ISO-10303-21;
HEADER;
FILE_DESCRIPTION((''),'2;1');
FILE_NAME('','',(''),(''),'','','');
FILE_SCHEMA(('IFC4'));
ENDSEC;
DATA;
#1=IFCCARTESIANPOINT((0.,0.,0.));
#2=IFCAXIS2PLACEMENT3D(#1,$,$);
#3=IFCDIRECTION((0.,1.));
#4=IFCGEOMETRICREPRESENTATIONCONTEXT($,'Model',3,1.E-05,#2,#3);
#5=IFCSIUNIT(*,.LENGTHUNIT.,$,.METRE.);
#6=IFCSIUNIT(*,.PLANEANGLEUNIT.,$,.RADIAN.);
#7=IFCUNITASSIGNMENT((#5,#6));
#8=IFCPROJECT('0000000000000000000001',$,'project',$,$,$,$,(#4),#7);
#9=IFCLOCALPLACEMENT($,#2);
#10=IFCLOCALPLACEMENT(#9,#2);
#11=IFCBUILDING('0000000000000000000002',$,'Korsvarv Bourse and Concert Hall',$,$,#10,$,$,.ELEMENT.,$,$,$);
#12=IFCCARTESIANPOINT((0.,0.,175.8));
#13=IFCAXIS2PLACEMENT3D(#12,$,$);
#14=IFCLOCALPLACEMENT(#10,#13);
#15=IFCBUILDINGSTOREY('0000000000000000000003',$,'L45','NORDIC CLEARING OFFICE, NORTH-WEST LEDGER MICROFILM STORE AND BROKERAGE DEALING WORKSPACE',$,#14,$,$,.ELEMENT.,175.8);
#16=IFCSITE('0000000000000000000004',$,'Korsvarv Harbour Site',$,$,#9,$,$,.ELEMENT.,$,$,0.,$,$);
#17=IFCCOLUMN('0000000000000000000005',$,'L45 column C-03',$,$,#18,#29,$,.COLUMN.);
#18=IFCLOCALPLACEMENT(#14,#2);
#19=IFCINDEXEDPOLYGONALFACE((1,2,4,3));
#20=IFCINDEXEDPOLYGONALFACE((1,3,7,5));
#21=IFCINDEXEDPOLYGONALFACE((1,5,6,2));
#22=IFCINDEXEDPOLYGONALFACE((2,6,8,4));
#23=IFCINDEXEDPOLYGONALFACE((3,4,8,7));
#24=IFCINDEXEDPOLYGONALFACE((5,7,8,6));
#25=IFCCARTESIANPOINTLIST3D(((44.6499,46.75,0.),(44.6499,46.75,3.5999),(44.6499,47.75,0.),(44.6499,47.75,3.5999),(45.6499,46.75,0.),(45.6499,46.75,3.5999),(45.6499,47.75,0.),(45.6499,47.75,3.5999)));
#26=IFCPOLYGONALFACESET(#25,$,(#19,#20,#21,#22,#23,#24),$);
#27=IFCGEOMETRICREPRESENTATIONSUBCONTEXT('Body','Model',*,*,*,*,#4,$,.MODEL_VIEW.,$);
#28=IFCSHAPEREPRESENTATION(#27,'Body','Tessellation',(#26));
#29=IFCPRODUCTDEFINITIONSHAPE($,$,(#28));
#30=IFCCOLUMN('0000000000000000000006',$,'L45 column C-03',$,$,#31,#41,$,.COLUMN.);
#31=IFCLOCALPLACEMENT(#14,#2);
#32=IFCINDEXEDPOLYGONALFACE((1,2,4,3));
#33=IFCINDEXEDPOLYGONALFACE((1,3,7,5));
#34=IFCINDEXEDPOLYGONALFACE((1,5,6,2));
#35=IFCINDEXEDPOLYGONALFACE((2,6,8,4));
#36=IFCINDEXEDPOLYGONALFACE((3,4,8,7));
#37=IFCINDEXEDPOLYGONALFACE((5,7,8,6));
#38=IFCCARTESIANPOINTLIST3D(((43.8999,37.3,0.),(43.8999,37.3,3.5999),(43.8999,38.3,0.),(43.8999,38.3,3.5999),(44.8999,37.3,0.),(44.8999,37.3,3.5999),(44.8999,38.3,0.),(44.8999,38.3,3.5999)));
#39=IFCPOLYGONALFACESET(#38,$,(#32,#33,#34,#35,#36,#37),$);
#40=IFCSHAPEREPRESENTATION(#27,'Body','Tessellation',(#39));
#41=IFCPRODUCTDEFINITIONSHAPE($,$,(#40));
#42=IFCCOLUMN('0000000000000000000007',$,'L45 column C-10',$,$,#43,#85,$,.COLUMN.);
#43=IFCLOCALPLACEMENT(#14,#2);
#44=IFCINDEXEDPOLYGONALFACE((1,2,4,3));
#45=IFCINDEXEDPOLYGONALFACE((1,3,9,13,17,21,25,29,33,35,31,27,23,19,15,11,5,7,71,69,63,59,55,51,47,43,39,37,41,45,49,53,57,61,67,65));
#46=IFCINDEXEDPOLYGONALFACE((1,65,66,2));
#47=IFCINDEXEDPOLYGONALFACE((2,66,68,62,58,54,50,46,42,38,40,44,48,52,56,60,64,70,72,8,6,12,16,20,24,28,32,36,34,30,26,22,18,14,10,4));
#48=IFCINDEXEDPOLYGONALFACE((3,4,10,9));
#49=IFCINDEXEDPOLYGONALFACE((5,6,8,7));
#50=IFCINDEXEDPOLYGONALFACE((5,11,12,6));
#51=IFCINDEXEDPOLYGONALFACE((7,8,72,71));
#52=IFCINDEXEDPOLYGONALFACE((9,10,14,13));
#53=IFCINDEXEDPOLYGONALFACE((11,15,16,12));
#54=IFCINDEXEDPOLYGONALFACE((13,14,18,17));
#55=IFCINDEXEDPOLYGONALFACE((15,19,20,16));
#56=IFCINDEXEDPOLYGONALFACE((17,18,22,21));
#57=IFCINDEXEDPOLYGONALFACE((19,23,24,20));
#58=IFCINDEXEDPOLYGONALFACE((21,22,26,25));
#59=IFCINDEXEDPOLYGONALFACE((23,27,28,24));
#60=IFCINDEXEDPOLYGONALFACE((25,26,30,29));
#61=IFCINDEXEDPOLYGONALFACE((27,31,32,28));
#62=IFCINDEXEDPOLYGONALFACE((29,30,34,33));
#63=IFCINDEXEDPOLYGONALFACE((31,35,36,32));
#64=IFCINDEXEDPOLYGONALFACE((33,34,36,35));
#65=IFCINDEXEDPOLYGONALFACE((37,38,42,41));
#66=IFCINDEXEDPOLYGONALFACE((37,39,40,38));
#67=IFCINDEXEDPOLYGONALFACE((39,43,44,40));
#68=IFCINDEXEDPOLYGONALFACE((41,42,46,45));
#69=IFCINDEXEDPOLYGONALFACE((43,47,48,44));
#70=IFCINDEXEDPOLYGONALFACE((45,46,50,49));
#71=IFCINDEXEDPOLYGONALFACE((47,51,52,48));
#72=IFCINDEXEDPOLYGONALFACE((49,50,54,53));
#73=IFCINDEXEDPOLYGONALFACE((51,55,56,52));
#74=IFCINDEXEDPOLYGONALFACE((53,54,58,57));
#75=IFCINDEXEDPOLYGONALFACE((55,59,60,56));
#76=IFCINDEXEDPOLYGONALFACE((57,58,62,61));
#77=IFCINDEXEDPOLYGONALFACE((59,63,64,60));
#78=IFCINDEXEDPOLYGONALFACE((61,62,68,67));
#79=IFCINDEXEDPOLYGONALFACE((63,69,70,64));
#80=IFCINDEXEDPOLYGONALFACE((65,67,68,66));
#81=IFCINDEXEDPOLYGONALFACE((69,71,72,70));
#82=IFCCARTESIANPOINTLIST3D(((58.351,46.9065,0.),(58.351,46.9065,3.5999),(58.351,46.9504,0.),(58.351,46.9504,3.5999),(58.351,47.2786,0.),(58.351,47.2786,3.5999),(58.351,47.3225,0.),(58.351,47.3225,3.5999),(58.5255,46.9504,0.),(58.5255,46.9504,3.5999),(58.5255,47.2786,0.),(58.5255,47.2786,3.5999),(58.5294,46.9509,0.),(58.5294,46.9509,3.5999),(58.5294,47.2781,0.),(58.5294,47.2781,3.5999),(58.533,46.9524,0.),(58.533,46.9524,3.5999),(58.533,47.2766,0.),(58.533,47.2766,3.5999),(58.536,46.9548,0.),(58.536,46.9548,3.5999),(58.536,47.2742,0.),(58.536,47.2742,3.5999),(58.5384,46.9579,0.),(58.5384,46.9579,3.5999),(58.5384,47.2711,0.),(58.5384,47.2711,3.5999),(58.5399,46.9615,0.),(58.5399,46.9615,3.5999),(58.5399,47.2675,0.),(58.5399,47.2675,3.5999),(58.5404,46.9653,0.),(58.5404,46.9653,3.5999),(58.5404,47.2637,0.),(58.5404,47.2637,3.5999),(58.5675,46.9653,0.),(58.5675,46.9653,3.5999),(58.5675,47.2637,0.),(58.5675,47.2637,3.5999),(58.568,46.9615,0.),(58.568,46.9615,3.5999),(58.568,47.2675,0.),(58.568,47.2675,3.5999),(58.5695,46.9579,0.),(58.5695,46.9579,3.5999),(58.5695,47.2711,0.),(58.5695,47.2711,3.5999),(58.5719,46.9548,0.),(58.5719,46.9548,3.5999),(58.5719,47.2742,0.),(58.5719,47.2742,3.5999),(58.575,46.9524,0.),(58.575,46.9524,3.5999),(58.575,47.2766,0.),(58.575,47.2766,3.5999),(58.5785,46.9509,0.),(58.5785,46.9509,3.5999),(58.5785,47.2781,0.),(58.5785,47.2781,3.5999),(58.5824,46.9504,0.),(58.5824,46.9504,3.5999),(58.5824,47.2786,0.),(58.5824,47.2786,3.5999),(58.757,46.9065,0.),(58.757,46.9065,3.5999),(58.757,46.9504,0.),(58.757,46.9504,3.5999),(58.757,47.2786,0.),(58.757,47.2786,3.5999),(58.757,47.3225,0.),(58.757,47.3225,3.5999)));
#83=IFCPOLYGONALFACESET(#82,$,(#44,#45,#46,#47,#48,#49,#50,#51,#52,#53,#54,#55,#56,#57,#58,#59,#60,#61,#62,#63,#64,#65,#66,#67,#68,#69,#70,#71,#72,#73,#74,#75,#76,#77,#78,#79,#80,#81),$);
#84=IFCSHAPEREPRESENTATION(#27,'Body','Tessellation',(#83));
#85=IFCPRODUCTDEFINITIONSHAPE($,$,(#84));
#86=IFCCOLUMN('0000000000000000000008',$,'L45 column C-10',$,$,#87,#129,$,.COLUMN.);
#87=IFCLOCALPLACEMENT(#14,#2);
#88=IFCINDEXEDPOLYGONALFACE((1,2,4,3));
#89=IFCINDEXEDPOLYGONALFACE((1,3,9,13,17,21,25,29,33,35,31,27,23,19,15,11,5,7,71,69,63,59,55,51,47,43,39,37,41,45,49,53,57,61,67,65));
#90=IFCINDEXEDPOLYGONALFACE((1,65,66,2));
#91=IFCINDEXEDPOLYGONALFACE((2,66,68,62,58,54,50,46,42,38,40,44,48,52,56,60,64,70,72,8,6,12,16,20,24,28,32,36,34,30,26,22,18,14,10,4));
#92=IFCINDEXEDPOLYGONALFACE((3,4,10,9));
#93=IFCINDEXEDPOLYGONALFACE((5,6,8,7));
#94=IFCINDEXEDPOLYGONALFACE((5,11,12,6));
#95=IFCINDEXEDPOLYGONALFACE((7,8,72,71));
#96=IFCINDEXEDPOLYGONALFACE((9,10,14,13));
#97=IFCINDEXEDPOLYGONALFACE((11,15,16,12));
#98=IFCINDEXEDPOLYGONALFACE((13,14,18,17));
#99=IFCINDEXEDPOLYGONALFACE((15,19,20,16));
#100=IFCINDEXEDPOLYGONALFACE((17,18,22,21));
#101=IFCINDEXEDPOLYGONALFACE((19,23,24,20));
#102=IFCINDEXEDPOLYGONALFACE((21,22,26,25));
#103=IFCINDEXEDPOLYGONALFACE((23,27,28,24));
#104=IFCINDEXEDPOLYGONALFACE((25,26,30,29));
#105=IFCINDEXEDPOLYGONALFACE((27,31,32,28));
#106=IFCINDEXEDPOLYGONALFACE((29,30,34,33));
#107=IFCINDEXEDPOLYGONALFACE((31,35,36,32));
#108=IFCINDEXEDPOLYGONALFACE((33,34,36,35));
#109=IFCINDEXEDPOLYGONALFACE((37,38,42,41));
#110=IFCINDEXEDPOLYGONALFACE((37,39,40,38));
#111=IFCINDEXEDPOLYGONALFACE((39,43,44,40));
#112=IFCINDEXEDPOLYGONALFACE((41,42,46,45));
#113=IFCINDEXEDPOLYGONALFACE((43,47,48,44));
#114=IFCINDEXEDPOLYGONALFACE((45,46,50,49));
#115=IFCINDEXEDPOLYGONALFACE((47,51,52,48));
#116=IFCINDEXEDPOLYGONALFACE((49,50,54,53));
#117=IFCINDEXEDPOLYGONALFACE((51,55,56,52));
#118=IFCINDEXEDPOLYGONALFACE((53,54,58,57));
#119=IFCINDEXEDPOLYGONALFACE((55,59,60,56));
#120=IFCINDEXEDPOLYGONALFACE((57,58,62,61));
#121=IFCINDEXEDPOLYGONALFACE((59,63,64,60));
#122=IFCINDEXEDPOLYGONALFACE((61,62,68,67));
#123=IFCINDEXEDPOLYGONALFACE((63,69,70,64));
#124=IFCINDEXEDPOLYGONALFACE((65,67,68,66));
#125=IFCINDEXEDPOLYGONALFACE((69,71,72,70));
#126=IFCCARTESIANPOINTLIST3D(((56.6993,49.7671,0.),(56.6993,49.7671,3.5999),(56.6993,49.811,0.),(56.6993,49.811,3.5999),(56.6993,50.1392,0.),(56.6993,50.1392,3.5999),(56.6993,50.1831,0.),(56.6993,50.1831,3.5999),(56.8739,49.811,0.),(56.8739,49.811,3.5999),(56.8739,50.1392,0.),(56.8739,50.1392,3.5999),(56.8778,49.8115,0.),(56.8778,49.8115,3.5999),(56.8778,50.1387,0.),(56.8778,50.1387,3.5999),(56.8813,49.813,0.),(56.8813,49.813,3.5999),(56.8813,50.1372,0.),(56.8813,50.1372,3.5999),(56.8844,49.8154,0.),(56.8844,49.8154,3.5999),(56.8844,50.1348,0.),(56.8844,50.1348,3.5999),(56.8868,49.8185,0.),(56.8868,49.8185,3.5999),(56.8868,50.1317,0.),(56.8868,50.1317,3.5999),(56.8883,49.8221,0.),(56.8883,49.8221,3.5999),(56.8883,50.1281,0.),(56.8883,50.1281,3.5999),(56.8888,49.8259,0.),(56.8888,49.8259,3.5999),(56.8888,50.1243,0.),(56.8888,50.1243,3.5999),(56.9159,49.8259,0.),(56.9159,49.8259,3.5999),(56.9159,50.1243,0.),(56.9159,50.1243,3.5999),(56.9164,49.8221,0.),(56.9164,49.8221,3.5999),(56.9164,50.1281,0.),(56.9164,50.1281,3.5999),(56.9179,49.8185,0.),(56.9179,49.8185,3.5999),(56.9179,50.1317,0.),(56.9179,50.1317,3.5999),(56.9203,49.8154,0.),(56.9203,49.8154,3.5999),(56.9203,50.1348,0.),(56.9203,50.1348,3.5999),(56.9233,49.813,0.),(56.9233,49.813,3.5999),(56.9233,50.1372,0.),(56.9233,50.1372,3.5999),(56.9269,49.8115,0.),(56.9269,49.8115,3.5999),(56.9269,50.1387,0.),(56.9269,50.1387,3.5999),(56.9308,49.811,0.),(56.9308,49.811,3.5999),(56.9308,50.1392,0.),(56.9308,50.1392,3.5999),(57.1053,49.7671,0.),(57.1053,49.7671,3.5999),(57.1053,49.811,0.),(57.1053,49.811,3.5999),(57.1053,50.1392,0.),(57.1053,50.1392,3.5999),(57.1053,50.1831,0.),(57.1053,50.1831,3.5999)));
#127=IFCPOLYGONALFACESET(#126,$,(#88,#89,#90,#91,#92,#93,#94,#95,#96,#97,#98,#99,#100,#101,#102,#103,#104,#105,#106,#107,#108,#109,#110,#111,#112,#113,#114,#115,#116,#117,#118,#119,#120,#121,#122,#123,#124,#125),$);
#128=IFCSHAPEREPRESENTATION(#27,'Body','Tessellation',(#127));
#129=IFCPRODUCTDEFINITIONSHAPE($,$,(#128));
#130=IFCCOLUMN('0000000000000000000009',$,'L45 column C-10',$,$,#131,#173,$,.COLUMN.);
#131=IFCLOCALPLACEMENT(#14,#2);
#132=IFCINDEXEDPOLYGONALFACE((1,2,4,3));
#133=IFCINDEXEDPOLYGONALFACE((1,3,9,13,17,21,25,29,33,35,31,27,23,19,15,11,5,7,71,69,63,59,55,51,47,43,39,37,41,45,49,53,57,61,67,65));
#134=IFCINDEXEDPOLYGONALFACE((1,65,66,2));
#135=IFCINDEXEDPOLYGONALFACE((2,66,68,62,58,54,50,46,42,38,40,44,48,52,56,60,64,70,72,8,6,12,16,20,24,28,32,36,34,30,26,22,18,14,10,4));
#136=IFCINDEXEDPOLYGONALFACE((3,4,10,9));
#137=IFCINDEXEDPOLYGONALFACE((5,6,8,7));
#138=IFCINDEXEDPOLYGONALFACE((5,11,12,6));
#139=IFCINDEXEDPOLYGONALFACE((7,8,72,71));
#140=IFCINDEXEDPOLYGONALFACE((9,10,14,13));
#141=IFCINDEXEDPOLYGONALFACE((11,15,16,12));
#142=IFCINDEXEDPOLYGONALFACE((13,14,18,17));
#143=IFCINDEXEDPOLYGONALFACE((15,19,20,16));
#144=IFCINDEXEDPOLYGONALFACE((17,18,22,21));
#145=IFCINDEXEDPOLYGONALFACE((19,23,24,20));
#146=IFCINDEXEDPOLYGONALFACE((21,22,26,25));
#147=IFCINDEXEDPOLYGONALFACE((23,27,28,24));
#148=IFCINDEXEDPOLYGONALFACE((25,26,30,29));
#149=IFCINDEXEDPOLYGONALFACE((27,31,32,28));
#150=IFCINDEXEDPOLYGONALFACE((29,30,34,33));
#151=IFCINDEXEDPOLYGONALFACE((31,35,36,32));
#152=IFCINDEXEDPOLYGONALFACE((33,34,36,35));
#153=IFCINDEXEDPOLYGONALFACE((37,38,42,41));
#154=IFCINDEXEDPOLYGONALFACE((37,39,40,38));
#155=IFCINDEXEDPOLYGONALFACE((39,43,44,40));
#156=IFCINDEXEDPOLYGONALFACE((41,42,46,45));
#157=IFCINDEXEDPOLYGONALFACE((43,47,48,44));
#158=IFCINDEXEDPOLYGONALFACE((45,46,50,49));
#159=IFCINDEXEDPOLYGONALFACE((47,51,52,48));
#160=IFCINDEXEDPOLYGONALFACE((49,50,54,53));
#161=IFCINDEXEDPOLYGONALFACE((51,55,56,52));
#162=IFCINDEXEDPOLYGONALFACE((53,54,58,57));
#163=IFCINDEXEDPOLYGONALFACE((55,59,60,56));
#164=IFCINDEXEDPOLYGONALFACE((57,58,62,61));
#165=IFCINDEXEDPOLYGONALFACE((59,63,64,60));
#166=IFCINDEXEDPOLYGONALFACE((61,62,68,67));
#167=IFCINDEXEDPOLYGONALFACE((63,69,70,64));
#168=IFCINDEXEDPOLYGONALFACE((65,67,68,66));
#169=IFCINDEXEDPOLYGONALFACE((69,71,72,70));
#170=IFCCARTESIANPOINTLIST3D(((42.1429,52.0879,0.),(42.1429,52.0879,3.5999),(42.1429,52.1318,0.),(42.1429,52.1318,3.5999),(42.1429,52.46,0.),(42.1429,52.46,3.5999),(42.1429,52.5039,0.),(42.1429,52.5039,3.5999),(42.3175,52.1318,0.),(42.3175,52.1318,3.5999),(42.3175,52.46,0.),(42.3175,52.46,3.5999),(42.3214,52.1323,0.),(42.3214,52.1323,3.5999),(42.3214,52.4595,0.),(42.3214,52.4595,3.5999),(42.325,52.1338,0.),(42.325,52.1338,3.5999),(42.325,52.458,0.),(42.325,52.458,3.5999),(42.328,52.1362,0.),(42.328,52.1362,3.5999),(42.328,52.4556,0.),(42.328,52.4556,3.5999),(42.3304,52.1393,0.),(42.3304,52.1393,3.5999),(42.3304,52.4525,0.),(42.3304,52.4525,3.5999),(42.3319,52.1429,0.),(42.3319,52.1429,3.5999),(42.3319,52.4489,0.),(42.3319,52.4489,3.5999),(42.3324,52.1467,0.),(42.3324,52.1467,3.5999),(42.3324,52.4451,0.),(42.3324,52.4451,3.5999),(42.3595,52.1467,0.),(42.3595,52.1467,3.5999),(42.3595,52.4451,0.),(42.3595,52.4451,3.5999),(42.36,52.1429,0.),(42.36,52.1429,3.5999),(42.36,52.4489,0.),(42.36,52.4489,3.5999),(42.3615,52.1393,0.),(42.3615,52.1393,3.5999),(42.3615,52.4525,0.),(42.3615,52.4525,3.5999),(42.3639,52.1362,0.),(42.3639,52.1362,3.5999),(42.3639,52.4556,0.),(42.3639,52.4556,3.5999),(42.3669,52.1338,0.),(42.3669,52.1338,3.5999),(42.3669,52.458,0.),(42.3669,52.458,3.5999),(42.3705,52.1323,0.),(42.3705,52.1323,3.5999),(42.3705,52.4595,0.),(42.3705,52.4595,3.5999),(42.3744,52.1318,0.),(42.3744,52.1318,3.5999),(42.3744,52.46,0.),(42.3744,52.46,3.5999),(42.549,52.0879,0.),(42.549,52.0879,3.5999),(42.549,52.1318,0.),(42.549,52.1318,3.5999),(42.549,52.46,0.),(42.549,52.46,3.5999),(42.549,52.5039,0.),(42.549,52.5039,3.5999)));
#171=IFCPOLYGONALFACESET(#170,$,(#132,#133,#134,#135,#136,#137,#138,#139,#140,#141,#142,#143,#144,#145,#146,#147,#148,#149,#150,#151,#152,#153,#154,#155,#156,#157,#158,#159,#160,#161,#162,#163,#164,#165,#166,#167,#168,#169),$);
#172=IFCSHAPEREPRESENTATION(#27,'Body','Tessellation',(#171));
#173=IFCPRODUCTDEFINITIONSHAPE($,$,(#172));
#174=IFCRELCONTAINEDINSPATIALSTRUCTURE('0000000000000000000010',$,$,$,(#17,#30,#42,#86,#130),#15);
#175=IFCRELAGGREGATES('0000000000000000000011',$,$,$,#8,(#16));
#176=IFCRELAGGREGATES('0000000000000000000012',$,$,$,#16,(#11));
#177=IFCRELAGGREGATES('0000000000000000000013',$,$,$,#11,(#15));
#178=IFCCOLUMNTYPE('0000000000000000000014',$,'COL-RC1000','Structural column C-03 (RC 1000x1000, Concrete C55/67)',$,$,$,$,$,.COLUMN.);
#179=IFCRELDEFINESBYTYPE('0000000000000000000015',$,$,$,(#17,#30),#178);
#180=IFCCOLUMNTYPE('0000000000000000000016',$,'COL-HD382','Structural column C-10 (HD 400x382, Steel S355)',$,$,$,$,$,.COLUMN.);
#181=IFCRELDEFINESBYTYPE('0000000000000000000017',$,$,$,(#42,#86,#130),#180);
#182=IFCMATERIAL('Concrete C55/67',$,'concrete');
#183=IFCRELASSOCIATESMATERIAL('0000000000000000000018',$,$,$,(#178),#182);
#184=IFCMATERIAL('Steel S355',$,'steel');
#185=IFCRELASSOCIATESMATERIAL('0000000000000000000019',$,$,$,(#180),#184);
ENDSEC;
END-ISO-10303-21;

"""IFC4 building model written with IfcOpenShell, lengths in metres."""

from ifc_helpers import new_model, si_unit, direction, frame, origin, origin_2d, place, context, subcontext, project, spatial, rectangle, i_section, extrude, source, transform, mapped, material, material_profile, profile_set, type_object, element, save


model = new_model("IFC4")

# Units and contexts
model_context = context("Model", 3, precision=1e-05, world=origin(), true_north=direction((0.0, 1.0)))
body_context = subcontext(model_context, "Body", "Model", "MODEL_VIEW")
ifc_project = project(units=[si_unit("LENGTHUNIT", "METRE"), si_unit("PLANEANGLEUNIT", "RADIAN")], contexts=[model_context])

# Site, building, storey
site_placement = place(None, origin())
site = spatial("IfcSite", under=ifc_project, at=site_placement, Name="Korsvarv Harbour Site", CompositionType="ELEMENT", RefElevation=0.0)
building_placement = place(site_placement, origin())
building = spatial("IfcBuilding", under=site, at=building_placement, Name="Korsvarv Bourse and Concert Hall", CompositionType="ELEMENT")
storey_placement = place(building_placement, frame((0.0, 0.0, 175.8)))
storey = spatial("IfcBuildingStorey", under=building, at=storey_placement, Name="L45", Description="NORDIC CLEARING OFFICE, NORTH-WEST LEDGER MICROFILM STORE AND BROKERAGE DEALING WORKSPACE", CompositionType="ELEMENT", Elevation=175.8)

# Columns
ifc_material_1 = material(Name="Concrete C55/67", Category="concrete")
ifc_material_profile_1 = material_profile(ifc_material_1, rectangle(XDim=1.0, YDim=1.0, at=origin_2d()), Name="RC 1000x1000")
ifc_profile_set_1 = profile_set([ifc_material_profile_1], Name="Concrete C55/67")
column_type_1 = type_object("IfcColumnType", Name="COL-RC1000", Description="Structural column C-03 (RC 1000x1000, Concrete C55/67)", PredefinedType="COLUMN", material=ifc_profile_set_1)
shared_shape_1 = source(origin(), body_context, "Body", "SweptSolid", [
    extrude(rectangle(XDim=1.0, YDim=1.0, at=origin_2d()), origin(), (0.0, 0.0, 1.0), 3.5999),
])
for number, where, z_axis, x_axis, name in (
    (1, (45.1499, 47.25, 0.0), (0.0, 0.0, 1.0), (1.0, 0.0, 0.0), "L45 column C-03"),
    (2, (44.3999, 37.8, 0.0), (0.0, 0.0, 1.0), (1.0, 0.0, 0.0), "L45 column C-03"),
):
    element("IfcColumn", number, at=place(storey_placement, frame(where, z_axis=z_axis, x_axis=x_axis)), inside=storey, type_object=column_type_1, Name=name, PredefinedType="COLUMN", context=body_context, shape_type="MappedRepresentation", body=[
        mapped(shared_shape_1, transform((0.0, 0.0, 0.0), scale=1.0)),
    ])
ifc_material_2 = material(Name="Steel S355", Category="steel")
ifc_material_profile_2 = material_profile(ifc_material_2, i_section(OverallWidth=0.406, OverallDepth=0.416, WebThickness=0.0271, FlangeThickness=0.0439, FilletRadius=0.0149, at=origin_2d()), Name="HD 400x382")
ifc_profile_set_2 = profile_set([ifc_material_profile_2], Name="Steel S355")
column_type_2 = type_object("IfcColumnType", Name="COL-HD382", Description="Structural column C-10 (HD 400x382, Steel S355)", PredefinedType="COLUMN", material=ifc_profile_set_2)
shared_shape_2 = source(origin(), body_context, "Body", "SweptSolid", [
    extrude(i_section(OverallWidth=0.406, OverallDepth=0.416, WebThickness=0.0271, FlangeThickness=0.0439, FilletRadius=0.0149, at=origin_2d()), origin(), (0.0, 0.0, 1.0), 3.5999),
])
for number, where, z_axis, x_axis, name in (
    (3, (58.554, 47.1145, 0.0), (0.0, 0.0, 1.0), (1.0, 0.0, 0.0), "L45 column C-10"),
    (4, (56.9023, 49.9751, 0.0), (0.0, 0.0, 1.0), (1.0, 0.0, 0.0), "L45 column C-10"),
    (5, (42.3459, 52.2959, 0.0), (0.0, 0.0, 1.0), (1.0, 0.0, 0.0), "L45 column C-10"),
):
    element("IfcColumn", number, at=place(storey_placement, frame(where, z_axis=z_axis, x_axis=x_axis)), inside=storey, type_object=column_type_2, Name=name, PredefinedType="COLUMN", context=body_context, shape_type="MappedRepresentation", body=[
        mapped(shared_shape_2, transform((0.0, 0.0, 0.0), scale=1.0)),
    ])

save(model, "model.ifc")
